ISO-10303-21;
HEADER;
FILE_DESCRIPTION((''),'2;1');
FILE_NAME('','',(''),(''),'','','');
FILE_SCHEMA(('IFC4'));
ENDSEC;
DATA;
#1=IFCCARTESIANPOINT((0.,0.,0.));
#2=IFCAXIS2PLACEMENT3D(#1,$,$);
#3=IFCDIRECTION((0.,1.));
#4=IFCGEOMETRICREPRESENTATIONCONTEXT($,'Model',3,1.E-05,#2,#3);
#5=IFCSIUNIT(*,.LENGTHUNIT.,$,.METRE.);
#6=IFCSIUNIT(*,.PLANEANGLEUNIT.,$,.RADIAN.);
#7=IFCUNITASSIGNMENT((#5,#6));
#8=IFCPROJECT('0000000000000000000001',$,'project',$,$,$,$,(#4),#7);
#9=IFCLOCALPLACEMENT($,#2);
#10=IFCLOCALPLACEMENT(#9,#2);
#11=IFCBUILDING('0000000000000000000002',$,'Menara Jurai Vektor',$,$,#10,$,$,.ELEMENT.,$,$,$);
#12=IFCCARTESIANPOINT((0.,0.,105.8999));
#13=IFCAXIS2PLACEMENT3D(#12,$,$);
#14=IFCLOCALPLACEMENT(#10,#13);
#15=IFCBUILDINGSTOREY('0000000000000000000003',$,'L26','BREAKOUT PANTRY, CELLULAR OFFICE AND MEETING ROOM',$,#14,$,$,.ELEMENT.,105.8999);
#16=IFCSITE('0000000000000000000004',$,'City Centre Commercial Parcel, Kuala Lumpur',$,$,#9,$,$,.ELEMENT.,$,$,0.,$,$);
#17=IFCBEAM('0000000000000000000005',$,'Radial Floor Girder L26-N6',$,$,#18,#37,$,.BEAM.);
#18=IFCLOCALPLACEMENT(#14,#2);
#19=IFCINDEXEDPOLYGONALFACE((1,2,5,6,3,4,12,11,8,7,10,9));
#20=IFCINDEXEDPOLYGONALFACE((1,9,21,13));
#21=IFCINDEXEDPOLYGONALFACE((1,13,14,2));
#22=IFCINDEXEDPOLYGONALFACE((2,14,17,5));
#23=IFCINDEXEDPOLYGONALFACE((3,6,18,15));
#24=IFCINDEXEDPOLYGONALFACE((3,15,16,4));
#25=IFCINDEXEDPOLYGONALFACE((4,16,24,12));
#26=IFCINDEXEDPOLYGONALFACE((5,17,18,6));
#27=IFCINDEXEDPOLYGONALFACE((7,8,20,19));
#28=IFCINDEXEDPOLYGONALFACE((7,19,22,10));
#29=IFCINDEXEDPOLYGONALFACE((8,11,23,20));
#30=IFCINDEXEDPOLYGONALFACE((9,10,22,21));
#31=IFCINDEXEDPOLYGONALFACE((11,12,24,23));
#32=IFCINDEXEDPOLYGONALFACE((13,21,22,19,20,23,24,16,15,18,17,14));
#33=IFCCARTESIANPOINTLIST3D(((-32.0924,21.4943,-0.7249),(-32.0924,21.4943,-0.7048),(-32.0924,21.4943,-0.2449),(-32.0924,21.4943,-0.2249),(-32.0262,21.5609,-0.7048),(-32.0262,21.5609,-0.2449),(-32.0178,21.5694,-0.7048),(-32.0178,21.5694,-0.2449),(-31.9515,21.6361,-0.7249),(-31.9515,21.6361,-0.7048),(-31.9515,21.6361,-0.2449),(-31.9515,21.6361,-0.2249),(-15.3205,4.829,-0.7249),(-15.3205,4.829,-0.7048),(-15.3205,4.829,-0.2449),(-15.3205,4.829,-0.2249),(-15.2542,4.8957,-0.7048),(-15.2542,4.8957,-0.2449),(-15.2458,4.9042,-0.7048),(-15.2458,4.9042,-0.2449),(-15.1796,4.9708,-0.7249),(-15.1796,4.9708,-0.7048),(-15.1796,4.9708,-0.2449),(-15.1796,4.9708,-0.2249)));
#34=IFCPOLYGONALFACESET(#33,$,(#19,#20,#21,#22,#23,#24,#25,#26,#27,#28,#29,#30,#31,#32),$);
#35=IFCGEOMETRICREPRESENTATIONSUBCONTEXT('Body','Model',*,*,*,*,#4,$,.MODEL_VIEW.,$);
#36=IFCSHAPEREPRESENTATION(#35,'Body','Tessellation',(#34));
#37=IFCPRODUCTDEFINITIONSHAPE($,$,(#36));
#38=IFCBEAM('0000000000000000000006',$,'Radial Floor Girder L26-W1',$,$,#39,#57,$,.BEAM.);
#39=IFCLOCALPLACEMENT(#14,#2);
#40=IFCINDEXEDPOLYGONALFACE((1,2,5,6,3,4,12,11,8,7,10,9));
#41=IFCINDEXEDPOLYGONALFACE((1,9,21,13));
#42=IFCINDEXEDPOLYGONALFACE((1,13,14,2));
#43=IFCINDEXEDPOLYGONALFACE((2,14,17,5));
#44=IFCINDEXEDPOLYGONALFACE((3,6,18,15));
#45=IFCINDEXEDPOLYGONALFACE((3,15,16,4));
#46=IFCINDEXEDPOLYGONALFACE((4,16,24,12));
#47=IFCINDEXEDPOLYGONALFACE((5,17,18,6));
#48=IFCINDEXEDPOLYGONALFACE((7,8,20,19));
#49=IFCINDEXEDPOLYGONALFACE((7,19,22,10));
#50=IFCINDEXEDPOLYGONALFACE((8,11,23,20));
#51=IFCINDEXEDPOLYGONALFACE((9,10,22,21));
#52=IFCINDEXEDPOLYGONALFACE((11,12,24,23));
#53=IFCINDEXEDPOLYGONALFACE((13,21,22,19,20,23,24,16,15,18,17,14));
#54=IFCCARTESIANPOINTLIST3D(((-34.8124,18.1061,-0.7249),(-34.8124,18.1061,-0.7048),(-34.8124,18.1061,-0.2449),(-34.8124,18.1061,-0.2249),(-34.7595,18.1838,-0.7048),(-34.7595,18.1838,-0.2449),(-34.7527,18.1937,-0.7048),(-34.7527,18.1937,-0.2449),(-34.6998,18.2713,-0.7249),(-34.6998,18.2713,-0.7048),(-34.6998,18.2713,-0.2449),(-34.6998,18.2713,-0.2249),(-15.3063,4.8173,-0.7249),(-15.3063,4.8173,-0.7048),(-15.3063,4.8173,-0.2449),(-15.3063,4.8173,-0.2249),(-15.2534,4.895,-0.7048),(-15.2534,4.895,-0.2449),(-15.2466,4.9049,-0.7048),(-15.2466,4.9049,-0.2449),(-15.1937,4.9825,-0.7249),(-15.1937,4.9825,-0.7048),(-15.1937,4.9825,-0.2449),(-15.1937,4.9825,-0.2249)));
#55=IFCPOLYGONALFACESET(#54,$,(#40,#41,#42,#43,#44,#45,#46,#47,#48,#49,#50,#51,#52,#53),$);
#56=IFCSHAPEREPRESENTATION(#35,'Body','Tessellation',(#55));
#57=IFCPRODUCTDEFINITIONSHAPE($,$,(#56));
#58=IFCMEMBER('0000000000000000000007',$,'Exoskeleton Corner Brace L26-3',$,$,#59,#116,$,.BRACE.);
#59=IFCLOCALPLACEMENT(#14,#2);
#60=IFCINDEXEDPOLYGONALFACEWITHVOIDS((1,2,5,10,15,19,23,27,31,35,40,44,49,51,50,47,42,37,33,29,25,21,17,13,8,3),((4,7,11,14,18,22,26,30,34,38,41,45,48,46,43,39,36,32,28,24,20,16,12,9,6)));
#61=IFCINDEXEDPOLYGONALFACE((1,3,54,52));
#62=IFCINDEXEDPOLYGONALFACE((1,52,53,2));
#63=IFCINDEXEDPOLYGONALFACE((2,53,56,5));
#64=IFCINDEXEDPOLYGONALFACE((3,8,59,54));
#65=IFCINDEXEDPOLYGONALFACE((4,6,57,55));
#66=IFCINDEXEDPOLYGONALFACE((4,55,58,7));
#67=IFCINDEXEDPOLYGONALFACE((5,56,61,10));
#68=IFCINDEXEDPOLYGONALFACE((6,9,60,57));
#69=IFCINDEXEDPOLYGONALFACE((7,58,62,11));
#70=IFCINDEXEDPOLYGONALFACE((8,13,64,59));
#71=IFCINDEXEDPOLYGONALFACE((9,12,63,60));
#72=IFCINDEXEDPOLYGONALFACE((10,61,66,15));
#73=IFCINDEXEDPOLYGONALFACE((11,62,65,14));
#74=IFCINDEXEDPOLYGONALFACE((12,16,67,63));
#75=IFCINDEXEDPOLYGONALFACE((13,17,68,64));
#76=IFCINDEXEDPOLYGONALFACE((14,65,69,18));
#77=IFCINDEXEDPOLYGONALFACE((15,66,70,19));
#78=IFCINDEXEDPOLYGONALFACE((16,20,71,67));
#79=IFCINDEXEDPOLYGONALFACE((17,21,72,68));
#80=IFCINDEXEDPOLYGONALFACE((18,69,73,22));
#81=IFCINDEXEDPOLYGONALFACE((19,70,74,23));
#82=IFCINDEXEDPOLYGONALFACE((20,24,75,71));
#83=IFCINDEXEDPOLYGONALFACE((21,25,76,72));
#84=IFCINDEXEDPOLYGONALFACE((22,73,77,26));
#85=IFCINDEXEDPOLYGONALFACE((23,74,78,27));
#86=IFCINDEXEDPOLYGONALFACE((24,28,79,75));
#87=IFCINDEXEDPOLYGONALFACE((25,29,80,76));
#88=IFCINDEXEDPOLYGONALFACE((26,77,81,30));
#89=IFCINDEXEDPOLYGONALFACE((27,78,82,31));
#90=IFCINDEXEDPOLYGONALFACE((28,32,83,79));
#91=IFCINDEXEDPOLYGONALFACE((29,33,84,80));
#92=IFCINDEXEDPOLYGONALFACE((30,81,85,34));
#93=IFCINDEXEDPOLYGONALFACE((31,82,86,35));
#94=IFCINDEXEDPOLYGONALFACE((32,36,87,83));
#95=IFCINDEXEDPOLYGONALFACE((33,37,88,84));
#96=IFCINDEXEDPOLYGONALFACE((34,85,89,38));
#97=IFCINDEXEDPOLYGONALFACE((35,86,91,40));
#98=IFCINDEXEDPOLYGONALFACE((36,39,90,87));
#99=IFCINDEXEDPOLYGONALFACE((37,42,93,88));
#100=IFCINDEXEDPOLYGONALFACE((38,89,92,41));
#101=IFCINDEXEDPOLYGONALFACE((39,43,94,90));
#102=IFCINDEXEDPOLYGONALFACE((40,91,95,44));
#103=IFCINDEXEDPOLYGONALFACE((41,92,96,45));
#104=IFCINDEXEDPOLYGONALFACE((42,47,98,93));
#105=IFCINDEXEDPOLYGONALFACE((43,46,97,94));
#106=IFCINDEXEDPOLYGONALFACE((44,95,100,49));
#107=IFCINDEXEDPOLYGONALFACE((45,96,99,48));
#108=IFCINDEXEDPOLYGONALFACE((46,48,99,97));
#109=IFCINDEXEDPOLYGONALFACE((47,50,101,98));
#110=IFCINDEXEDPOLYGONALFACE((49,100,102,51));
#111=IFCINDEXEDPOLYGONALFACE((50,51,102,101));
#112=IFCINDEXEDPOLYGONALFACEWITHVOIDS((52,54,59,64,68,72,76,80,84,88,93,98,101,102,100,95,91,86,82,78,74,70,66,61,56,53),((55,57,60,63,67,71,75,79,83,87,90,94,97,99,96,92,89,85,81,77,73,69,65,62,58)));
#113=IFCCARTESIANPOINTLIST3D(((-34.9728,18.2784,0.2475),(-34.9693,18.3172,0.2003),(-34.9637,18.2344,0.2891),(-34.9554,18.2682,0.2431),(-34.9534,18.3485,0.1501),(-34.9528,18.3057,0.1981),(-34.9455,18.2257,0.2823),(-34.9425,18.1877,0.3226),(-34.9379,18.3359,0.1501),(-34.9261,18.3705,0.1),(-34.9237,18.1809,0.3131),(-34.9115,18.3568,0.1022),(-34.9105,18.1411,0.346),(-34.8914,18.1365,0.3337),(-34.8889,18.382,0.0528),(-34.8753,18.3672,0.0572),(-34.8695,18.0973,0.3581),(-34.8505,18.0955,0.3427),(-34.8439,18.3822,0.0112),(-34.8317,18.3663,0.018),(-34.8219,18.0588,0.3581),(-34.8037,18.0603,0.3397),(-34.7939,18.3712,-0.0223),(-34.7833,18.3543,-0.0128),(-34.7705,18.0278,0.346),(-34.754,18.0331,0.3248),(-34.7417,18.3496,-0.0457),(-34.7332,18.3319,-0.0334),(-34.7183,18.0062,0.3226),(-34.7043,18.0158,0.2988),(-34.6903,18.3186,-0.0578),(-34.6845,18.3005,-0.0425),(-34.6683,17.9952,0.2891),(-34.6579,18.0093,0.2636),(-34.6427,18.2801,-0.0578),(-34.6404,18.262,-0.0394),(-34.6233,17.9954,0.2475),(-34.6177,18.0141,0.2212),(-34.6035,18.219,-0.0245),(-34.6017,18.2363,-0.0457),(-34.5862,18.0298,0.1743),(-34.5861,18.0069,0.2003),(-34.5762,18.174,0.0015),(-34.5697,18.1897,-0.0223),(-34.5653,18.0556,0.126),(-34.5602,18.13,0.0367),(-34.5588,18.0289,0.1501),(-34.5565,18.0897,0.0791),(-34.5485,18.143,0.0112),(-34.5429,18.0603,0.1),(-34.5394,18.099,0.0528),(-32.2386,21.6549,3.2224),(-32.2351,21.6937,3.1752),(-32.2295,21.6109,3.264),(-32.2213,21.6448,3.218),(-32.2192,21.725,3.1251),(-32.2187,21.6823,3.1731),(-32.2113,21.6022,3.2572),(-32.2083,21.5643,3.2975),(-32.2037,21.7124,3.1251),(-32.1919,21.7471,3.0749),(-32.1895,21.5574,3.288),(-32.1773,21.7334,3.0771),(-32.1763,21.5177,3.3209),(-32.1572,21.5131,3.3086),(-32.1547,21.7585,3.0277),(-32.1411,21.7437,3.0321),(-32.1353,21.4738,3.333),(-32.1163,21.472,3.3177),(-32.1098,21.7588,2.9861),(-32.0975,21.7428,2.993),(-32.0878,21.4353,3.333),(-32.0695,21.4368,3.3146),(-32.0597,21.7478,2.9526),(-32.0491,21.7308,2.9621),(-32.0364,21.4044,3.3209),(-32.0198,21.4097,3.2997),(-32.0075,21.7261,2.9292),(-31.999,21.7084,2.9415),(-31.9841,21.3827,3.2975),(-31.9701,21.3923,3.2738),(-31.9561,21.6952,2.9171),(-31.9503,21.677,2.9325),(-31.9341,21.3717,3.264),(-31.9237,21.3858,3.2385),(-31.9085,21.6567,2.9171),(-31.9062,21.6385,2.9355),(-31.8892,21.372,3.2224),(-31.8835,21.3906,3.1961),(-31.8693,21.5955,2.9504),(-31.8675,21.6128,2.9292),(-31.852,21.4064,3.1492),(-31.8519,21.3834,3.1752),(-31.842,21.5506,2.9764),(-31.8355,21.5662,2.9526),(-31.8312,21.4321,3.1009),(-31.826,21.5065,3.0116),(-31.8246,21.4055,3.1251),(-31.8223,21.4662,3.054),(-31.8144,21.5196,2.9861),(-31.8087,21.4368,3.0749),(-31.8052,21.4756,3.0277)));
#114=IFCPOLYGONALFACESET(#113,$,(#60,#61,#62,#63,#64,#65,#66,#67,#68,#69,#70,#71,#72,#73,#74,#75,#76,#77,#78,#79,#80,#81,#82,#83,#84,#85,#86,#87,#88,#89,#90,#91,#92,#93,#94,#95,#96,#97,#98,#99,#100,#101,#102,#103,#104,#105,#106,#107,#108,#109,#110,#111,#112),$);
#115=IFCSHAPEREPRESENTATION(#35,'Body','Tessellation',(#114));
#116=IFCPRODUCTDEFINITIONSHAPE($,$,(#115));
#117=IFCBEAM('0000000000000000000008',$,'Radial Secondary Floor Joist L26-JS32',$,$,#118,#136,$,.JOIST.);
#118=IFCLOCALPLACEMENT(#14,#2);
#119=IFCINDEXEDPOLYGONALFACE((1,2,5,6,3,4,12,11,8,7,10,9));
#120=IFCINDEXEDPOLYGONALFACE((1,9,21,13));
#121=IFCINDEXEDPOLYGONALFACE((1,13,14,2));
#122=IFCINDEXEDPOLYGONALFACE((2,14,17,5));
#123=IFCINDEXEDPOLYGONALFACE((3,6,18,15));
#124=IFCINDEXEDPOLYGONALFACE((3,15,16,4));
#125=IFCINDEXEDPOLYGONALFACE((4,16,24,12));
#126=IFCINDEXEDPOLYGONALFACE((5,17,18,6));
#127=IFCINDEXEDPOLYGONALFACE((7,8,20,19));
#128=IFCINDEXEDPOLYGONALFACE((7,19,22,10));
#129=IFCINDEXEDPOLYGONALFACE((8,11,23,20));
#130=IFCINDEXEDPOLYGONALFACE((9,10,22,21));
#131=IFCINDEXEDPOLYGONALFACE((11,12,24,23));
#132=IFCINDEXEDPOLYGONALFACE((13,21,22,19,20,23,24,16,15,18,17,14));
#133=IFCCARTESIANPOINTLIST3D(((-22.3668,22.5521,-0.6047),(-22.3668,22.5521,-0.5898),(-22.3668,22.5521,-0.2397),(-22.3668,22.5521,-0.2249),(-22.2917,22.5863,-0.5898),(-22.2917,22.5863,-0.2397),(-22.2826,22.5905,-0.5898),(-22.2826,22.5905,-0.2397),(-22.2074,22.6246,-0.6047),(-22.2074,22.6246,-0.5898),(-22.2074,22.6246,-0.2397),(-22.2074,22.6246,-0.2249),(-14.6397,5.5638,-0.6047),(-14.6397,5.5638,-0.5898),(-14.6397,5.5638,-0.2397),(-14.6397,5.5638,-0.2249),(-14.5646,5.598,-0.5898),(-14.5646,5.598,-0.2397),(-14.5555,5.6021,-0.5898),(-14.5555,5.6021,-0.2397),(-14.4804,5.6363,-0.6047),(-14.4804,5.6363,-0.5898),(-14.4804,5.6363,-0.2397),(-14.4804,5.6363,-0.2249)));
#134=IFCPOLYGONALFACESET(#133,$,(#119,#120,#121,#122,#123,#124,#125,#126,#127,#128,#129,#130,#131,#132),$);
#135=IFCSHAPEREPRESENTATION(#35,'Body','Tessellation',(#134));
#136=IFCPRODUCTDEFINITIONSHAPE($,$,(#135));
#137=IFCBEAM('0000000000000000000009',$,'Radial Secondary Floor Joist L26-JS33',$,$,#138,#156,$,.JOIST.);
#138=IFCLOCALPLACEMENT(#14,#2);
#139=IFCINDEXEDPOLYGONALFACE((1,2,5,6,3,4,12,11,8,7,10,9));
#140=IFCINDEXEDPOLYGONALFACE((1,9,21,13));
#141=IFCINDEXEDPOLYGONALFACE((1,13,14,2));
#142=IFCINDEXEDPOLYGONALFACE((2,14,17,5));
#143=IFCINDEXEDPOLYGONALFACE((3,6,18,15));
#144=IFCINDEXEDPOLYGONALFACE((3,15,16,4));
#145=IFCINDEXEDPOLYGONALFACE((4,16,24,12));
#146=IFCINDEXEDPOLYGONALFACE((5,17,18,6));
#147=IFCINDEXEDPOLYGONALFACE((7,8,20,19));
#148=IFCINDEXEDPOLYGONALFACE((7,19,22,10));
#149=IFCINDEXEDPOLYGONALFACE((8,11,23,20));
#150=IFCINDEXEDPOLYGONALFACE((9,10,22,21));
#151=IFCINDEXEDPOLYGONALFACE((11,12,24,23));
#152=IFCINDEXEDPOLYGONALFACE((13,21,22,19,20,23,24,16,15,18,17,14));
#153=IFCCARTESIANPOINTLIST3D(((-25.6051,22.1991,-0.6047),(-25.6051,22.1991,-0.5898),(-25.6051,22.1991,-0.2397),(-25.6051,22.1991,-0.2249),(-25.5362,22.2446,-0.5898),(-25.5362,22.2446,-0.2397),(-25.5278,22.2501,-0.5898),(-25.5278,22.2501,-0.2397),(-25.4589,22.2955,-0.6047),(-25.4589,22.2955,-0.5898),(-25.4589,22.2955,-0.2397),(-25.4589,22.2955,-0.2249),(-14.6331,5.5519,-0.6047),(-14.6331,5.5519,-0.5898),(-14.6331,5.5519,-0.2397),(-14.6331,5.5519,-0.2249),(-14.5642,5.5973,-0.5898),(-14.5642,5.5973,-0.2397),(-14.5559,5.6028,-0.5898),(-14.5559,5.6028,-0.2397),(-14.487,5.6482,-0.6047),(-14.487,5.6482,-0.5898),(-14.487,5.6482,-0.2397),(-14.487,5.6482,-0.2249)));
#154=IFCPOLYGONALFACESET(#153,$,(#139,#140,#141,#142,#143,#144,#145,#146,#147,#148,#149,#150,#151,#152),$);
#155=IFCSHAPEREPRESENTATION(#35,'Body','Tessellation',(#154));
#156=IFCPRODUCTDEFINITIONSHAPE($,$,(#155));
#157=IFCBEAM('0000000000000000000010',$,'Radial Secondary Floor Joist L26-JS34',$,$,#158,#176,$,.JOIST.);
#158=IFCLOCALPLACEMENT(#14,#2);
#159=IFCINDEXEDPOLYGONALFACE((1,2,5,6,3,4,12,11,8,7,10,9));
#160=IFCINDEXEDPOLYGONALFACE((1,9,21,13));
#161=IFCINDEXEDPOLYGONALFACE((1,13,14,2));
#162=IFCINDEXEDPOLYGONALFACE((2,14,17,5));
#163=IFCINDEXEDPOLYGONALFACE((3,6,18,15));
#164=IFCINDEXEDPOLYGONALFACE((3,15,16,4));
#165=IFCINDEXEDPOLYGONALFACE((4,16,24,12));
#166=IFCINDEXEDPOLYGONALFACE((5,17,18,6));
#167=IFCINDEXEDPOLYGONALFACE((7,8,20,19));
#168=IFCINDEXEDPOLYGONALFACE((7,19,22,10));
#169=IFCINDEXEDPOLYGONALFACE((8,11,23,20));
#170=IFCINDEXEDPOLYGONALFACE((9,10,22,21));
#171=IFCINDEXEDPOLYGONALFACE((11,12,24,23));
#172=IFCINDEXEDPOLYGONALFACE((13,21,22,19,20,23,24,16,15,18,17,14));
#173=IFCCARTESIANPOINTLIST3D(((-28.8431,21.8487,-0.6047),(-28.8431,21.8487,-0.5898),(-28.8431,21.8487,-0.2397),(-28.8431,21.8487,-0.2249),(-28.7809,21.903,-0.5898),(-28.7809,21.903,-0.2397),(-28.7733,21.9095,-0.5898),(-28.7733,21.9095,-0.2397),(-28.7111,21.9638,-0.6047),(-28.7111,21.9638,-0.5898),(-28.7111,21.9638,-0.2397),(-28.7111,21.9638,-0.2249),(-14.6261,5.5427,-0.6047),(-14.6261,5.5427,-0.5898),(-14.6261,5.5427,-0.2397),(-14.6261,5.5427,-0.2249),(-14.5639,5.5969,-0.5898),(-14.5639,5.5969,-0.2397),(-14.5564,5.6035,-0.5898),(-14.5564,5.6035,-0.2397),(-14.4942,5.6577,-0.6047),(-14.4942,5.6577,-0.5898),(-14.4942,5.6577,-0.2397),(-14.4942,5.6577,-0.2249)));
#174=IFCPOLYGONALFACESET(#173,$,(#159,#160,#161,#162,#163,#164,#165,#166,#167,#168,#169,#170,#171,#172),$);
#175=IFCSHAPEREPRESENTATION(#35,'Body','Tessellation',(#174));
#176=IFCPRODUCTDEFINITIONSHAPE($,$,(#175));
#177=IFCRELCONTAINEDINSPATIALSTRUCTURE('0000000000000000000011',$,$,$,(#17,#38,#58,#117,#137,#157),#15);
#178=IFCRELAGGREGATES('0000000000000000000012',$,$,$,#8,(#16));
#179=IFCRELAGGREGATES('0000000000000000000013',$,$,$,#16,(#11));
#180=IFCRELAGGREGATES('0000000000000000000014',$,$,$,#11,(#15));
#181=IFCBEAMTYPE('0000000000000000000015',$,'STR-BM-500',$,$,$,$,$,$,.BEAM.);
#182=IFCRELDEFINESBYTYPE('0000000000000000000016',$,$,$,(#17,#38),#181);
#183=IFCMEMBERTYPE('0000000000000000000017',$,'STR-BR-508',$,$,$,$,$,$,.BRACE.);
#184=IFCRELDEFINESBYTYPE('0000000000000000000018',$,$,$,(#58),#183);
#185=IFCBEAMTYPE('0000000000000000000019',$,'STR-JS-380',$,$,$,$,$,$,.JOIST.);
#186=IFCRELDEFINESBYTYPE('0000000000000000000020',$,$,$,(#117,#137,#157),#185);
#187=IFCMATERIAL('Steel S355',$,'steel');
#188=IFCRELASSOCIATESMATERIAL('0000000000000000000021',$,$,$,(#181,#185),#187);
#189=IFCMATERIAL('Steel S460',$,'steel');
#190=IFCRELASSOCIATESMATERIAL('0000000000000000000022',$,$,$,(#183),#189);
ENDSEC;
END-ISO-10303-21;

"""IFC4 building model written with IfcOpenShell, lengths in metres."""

from ifc_helpers import new_model, si_unit, direction, frame, origin, origin_2d, place, context, subcontext, project, spatial, hollow_circle, i_section, extrude, material, material_profile, profile_set, type_object, element, save


model = new_model("IFC4")

# Units and contexts
model_context = context("Model", 3, precision=1e-05, world=origin(), true_north=direction((0.0, 1.0)))
body_context = subcontext(model_context, "Body", "Model", "MODEL_VIEW")
ifc_project = project(units=[si_unit("LENGTHUNIT", "METRE"), si_unit("PLANEANGLEUNIT", "RADIAN")], contexts=[model_context])

# Site, building, storey
site_placement = place(None, origin())
site = spatial("IfcSite", under=ifc_project, at=site_placement, Name="City Centre Commercial Parcel, Kuala Lumpur", CompositionType="ELEMENT", RefElevation=0.0)
building_placement = place(site_placement, origin())
building = spatial("IfcBuilding", under=site, at=building_placement, Name="Menara Jurai Vektor", CompositionType="ELEMENT")
storey_placement = place(building_placement, frame((0.0, 0.0, 105.8999)))
storey = spatial("IfcBuildingStorey", under=building, at=storey_placement, Name="L26", Description="BREAKOUT PANTRY, CELLULAR OFFICE AND MEETING ROOM", CompositionType="ELEMENT", Elevation=105.8999)

# Shared definitions
ifc_material_1 = material(Name="Steel S460", Category="steel")

# Beams
ifc_material_2 = material(Name="Steel S355", Category="steel")
ifc_material_profile_1 = material_profile(ifc_material_2, i_section(OverallWidth=0.2, OverallDepth=0.5, WebThickness=0.012, FlangeThickness=0.02, at=origin_2d()), Name="PG 500x200x96")
ifc_profile_set_1 = profile_set([ifc_material_profile_1], Name="Steel S355")
beam_type_1 = type_object("IfcBeamType", Name="STR-BM-500", PredefinedType="BEAM", material=ifc_profile_set_1)
beam_1_placement = place(storey_placement, frame((-32.022, 21.5652, -0.4749), z_axis=(0.709359, -0.704847, 0.0), x_axis=(0.704847, 0.709359, 0.0)))
element("IfcBeam", 1, at=beam_1_placement, inside=storey, type_object=beam_type_1, Name="Radial Floor Girder L26-N6", PredefinedType="BEAM", context=body_context, shape_type="SweptSolid", body=[
    extrude(i_section(OverallWidth=0.2, OverallDepth=0.5, WebThickness=0.012, FlangeThickness=0.02, at=origin_2d()), origin(), (0.0, 0.0, 1.0), 23.6438),
])
beam_2_placement = place(storey_placement, frame((-34.7561, 18.1887, -0.4749), z_axis=(0.82644, -0.563024, 0.0), x_axis=(0.563024, 0.82644, 0.0)))
element("IfcBeam", 2, at=beam_2_placement, inside=storey, type_object=beam_type_1, Name="Radial Floor Girder L26-W1", PredefinedType="BEAM", context=body_context, shape_type="SweptSolid", body=[
    extrude(i_section(OverallWidth=0.2, OverallDepth=0.5, WebThickness=0.012, FlangeThickness=0.02, at=origin_2d()), origin(), (0.0, 0.0, 1.0), 23.6025),
])

# Member
ifc_material_profile_2 = material_profile(ifc_material_1, hollow_circle(Radius=0.2539, WallThickness=0.02, at=origin_2d()), Name="CHS 508x20")
ifc_profile_set_2 = profile_set([ifc_material_profile_2], Name="Steel S460")
member_type_1 = type_object("IfcMemberType", Name="STR-BR-508", PredefinedType="BRACE", material=ifc_profile_set_2)
member_1_placement = place(storey_placement, frame((-34.7561, 18.1887, 0.1501), z_axis=(0.519251, 0.64124, 0.564968), x_axis=(-0.777155, 0.62931, 0.0)))
element("IfcMember", 3, at=member_1_placement, inside=storey, type_object=member_type_1, Name="Exoskeleton Corner Brace L26-3", PredefinedType="BRACE", context=body_context, shape_type="SweptSolid", body=[
    extrude(hollow_circle(Radius=0.2539, WallThickness=0.02, at=origin_2d()), origin(), (0.0, 0.0, 1.0), 5.2656),
])

# Beams
ifc_material_profile_3 = material_profile(ifc_material_2, i_section(OverallWidth=0.175, OverallDepth=0.3799, WebThickness=0.01, FlangeThickness=0.0149, at=origin_2d()), Name="PG 380x175x58")
ifc_profile_set_3 = profile_set([ifc_material_profile_3], Name="Steel S355")
beam_type_2 = type_object("IfcBeamType", Name="STR-JS-380", PredefinedType="JOIST", material=ifc_profile_set_3)
beam_3_placement = place(storey_placement, frame((-22.2871, 22.5884, -0.4148), z_axis=(0.41403, -0.910263, 0.0), x_axis=(0.910263, 0.41403, 0.0)))
element("IfcBeam", 4, at=beam_3_placement, inside=storey, type_object=beam_type_2, Name="Radial Secondary Floor Joist L26-JS32", PredefinedType="JOIST", context=body_context, shape_type="SweptSolid", body=[
    extrude(i_section(OverallWidth=0.175, OverallDepth=0.3799, WebThickness=0.01, FlangeThickness=0.0149, at=origin_2d()), origin(), (0.0, 0.0, 1.0), 18.6631),
])
beam_4_placement = place(storey_placement, frame((-25.532, 22.2473, -0.4148), z_axis=(0.55031, -0.834961, 0.0), x_axis=(0.834961, 0.55031, 0.0)))
element("IfcBeam", 5, at=beam_4_placement, inside=storey, type_object=beam_type_2, Name="Radial Secondary Floor Joist L26-JS33", PredefinedType="JOIST", context=body_context, shape_type="SweptSolid", body=[
    extrude(i_section(OverallWidth=0.175, OverallDepth=0.3799, WebThickness=0.01, FlangeThickness=0.0149, at=origin_2d()), origin(), (0.0, 0.0, 1.0), 19.9377),
])
beam_5_placement = place(storey_placement, frame((-28.7771, 21.9062, -0.4148), z_axis=(0.657173, -0.75374, 0.0), x_axis=(0.75374, 0.657173, 0.0)))
element("IfcBeam", 6, at=beam_5_placement, inside=storey, type_object=beam_type_2, Name="Radial Secondary Floor Joist L26-JS34", PredefinedType="JOIST", context=body_context, shape_type="SweptSolid", body=[
    extrude(i_section(OverallWidth=0.175, OverallDepth=0.3799, WebThickness=0.01, FlangeThickness=0.0149, at=origin_2d()), origin(), (0.0, 0.0, 1.0), 21.6335),
])

save(model, "model.ifc")
